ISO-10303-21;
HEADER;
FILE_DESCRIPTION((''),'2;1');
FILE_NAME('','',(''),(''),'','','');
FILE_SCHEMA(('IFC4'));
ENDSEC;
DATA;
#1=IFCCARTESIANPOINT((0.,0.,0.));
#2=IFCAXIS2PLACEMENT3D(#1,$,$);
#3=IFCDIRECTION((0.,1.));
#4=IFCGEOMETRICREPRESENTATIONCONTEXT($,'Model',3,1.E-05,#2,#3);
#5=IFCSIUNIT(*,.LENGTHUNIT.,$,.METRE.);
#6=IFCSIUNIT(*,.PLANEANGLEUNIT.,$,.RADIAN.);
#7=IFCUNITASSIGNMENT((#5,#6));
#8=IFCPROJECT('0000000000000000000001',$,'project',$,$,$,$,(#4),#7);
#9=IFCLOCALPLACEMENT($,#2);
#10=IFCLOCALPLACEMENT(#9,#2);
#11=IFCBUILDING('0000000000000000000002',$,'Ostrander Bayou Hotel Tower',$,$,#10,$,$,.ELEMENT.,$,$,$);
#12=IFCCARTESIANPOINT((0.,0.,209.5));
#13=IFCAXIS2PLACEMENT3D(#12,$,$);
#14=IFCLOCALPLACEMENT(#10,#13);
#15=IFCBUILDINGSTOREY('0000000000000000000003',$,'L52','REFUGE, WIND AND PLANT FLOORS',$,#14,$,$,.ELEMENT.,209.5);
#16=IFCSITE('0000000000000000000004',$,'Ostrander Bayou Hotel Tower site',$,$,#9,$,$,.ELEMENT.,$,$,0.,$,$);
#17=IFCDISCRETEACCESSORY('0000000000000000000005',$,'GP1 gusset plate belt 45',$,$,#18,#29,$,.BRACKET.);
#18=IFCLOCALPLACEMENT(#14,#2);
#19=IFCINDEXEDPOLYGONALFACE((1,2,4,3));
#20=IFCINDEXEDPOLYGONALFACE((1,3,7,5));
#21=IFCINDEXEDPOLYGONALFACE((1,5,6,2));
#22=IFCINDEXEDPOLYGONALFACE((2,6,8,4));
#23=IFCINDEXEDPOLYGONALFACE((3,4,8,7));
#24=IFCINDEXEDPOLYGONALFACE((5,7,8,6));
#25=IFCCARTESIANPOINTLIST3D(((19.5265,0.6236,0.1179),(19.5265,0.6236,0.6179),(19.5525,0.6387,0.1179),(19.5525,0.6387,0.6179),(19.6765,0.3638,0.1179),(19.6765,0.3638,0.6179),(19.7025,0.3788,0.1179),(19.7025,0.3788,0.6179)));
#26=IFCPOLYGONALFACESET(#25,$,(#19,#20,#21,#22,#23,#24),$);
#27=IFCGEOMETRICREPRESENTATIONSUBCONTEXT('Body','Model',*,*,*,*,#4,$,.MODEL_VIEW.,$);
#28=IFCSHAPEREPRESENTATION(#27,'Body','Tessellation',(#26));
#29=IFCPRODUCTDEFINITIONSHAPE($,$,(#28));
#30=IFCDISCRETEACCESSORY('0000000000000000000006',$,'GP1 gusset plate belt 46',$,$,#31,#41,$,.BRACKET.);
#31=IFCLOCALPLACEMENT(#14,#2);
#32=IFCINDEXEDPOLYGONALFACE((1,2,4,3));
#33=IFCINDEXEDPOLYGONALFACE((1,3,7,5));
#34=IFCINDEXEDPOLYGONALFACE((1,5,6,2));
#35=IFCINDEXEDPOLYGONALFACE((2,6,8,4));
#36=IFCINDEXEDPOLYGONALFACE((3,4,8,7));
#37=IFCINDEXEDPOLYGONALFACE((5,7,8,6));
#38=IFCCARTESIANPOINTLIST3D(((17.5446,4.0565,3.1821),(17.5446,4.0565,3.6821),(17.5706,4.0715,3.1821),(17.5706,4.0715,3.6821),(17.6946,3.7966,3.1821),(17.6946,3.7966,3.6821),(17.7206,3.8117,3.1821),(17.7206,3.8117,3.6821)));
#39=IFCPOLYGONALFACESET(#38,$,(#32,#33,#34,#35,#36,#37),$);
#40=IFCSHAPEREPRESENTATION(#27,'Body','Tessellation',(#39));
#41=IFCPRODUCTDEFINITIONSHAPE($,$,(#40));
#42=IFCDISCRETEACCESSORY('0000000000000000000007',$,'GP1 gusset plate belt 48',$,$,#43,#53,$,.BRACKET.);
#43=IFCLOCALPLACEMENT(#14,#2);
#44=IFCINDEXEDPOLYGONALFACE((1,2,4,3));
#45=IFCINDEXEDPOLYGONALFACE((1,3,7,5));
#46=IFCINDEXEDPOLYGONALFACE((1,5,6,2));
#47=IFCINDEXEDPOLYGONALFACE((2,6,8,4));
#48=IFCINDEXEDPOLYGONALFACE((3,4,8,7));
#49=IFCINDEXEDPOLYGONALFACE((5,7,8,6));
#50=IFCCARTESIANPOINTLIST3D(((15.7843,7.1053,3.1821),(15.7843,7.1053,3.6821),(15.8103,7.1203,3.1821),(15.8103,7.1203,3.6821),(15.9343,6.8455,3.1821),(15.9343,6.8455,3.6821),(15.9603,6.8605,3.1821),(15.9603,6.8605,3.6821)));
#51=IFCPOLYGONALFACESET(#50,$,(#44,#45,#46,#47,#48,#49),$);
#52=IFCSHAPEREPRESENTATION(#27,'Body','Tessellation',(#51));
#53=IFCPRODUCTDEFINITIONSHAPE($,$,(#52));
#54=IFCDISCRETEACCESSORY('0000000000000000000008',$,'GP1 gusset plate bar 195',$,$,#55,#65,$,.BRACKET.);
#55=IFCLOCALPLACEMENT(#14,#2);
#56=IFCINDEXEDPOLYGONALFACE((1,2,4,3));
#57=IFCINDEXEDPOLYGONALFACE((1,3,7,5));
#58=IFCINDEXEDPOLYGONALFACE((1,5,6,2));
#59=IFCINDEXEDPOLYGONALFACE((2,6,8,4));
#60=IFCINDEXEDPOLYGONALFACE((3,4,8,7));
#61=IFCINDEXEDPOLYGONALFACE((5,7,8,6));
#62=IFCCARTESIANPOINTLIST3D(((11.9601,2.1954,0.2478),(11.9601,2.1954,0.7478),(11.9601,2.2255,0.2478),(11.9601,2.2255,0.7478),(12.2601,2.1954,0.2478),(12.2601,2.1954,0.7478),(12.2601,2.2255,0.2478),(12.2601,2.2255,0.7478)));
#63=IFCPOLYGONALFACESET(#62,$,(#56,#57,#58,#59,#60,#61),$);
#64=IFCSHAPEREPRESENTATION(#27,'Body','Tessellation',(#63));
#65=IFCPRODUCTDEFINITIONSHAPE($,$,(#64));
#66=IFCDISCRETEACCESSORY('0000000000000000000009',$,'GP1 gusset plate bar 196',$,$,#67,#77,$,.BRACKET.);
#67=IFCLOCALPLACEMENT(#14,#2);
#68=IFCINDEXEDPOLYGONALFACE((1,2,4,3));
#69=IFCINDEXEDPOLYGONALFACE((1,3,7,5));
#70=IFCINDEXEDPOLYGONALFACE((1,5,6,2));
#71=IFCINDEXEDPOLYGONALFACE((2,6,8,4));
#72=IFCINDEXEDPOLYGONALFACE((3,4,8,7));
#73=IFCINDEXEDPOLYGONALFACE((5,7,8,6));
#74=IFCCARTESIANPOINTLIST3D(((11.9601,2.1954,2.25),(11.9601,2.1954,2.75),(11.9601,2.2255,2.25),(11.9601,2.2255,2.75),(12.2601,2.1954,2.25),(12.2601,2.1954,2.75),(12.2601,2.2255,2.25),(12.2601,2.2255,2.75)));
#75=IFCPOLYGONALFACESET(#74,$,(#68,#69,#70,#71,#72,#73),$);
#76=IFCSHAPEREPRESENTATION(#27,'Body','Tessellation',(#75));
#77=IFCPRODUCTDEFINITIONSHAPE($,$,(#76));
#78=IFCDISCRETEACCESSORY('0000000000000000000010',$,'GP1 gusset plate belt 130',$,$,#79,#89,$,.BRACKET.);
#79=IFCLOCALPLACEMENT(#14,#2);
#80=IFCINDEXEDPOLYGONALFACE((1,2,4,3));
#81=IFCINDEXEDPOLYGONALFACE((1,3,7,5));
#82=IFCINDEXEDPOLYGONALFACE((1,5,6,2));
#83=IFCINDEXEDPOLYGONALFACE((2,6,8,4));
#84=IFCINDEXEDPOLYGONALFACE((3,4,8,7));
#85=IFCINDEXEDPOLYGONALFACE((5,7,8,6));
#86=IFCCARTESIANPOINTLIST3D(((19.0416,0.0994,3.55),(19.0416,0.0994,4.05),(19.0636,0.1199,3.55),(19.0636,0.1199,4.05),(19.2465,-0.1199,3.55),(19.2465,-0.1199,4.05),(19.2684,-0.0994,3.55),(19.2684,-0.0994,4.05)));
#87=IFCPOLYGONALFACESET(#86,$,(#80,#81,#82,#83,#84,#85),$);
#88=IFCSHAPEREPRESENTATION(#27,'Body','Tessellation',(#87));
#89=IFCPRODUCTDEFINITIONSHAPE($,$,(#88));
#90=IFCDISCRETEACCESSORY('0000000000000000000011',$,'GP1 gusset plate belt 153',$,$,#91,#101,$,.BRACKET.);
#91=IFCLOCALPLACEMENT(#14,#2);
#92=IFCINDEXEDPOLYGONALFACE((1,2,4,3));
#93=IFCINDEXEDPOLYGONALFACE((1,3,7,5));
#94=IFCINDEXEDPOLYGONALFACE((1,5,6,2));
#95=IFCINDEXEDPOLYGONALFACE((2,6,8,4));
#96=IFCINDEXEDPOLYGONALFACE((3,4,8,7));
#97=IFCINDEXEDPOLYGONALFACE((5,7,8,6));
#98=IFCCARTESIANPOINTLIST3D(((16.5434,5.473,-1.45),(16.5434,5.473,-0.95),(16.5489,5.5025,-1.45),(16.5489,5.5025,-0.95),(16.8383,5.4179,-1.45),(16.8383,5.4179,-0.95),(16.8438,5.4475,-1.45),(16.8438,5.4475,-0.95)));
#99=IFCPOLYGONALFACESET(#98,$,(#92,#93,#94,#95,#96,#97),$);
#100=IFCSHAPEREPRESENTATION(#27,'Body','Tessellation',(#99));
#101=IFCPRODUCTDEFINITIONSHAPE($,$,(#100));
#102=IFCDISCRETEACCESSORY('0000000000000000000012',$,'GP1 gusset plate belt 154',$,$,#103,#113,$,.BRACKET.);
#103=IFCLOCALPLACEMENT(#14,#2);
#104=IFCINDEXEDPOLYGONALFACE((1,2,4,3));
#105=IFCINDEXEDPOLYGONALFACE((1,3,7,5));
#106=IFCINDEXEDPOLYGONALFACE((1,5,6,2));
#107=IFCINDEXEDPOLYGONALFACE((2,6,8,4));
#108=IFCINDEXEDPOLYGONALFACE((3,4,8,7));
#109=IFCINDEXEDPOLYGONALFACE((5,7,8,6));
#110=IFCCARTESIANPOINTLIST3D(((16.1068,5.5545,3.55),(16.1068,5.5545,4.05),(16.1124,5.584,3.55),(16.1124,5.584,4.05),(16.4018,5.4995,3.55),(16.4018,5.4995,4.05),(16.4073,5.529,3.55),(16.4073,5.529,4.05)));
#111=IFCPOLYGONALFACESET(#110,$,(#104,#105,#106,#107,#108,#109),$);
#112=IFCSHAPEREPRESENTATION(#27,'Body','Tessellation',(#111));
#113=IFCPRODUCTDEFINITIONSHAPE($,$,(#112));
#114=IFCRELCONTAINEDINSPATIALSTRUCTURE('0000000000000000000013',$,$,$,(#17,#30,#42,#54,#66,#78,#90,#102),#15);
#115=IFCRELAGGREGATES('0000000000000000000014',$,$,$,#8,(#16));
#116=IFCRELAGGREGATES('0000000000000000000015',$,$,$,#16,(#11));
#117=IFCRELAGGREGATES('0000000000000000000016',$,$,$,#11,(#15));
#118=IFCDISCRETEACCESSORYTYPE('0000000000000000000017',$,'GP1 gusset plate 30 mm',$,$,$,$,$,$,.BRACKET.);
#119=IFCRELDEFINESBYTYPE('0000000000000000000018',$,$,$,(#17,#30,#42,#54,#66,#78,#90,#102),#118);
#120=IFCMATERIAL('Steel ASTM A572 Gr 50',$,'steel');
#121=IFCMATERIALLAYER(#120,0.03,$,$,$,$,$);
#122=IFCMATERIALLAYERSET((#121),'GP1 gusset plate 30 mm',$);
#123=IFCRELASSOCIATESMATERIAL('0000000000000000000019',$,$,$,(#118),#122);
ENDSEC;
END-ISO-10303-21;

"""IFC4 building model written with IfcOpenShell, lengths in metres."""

from ifc_helpers import new_model, si_unit, direction, frame, origin, origin_2d, place, context, subcontext, project, spatial, rectangle, extrude, material, layer, layer_set, type_object, element, save


model = new_model("IFC4")

# Units and contexts
model_context = context("Model", 3, precision=1e-05, world=origin(), true_north=direction((0.0, 1.0)))
body_context = subcontext(model_context, "Body", "Model", "MODEL_VIEW")
ifc_project = project(units=[si_unit("LENGTHUNIT", "METRE"), si_unit("PLANEANGLEUNIT", "RADIAN")], contexts=[model_context])

# Site, building, storey
site_placement = place(None, origin())
site = spatial("IfcSite", under=ifc_project, at=site_placement, Name="Ostrander Bayou Hotel Tower site", CompositionType="ELEMENT", RefElevation=0.0)
building_placement = place(site_placement, origin())
building = spatial("IfcBuilding", under=site, at=building_placement, Name="Ostrander Bayou Hotel Tower", CompositionType="ELEMENT")
storey_placement = place(building_placement, frame((0.0, 0.0, 209.5)))
storey = spatial("IfcBuildingStorey", under=building, at=storey_placement, Name="L52", Description="REFUGE, WIND AND PLANT FLOORS", CompositionType="ELEMENT", Elevation=209.5)

# Discrete accessories
ifc_material_1 = material(Name="Steel ASTM A572 Gr 50", Category="steel")
ifc_layer_1 = layer(ifc_material_1, 0.03)
ifc_layer_set_1 = layer_set([ifc_layer_1], Name="GP1 gusset plate 30 mm")
discrete_accessory_type = type_object("IfcDiscreteAccessoryType", Name="GP1 gusset plate 30 mm", PredefinedType="BRACKET", material=ifc_layer_set_1)
for number, where, z_axis, x_axis, name in (
    (1, (19.6145, 0.5012, 0.1179), (0.0, 0.0, 1.0), (-0.5, 0.866025, 0.0), "GP1 gusset plate belt 45"),
    (2, (17.6326, 3.9341, 3.1821), (0.0, 0.0, 1.0), (-0.5, 0.866025, 0.0), "GP1 gusset plate belt 46"),
    (3, (15.8723, 6.9829, 3.1821), (0.0, 0.0, 1.0), (0.500015, -0.866017, 0.0), "GP1 gusset plate belt 48"),
    (4, (12.1101, 2.2104, 0.2478), (0.0, 0.0, 1.0), (1.0, 0.0, 0.0), "GP1 gusset plate bar 195"),
    (5, (12.1101, 2.2104, 2.25), (0.0, 0.0, 1.0), (1.0, 0.0, 0.0), "GP1 gusset plate bar 196"),
    (6, (19.155, 0.0, 3.55), (0.0, 0.0, 1.0), (-0.682662, 0.730734, 0.0), "GP1 gusset plate belt 130"),
    (7, (16.6936, 5.4602, -1.45), (0.0, 0.0, 1.0), (-0.983044, 0.183368, 0.0), "GP1 gusset plate belt 153"),
    (8, (16.2571, 5.5417, 3.55), (0.0, 0.0, 1.0), (-0.983044, 0.183368, 0.0), "GP1 gusset plate belt 154"),
):
    element("IfcDiscreteAccessory", number, at=place(storey_placement, frame(where, z_axis=z_axis, x_axis=x_axis)), inside=storey, type_object=discrete_accessory_type, Name=name, PredefinedType="BRACKET", context=body_context, shape_type="SweptSolid", body=[
        extrude(rectangle(XDim=0.3, YDim=0.03, at=origin_2d()), origin(), (0.0, 0.0, 1.0), 0.5),
    ])

save(model, "model.ifc")
